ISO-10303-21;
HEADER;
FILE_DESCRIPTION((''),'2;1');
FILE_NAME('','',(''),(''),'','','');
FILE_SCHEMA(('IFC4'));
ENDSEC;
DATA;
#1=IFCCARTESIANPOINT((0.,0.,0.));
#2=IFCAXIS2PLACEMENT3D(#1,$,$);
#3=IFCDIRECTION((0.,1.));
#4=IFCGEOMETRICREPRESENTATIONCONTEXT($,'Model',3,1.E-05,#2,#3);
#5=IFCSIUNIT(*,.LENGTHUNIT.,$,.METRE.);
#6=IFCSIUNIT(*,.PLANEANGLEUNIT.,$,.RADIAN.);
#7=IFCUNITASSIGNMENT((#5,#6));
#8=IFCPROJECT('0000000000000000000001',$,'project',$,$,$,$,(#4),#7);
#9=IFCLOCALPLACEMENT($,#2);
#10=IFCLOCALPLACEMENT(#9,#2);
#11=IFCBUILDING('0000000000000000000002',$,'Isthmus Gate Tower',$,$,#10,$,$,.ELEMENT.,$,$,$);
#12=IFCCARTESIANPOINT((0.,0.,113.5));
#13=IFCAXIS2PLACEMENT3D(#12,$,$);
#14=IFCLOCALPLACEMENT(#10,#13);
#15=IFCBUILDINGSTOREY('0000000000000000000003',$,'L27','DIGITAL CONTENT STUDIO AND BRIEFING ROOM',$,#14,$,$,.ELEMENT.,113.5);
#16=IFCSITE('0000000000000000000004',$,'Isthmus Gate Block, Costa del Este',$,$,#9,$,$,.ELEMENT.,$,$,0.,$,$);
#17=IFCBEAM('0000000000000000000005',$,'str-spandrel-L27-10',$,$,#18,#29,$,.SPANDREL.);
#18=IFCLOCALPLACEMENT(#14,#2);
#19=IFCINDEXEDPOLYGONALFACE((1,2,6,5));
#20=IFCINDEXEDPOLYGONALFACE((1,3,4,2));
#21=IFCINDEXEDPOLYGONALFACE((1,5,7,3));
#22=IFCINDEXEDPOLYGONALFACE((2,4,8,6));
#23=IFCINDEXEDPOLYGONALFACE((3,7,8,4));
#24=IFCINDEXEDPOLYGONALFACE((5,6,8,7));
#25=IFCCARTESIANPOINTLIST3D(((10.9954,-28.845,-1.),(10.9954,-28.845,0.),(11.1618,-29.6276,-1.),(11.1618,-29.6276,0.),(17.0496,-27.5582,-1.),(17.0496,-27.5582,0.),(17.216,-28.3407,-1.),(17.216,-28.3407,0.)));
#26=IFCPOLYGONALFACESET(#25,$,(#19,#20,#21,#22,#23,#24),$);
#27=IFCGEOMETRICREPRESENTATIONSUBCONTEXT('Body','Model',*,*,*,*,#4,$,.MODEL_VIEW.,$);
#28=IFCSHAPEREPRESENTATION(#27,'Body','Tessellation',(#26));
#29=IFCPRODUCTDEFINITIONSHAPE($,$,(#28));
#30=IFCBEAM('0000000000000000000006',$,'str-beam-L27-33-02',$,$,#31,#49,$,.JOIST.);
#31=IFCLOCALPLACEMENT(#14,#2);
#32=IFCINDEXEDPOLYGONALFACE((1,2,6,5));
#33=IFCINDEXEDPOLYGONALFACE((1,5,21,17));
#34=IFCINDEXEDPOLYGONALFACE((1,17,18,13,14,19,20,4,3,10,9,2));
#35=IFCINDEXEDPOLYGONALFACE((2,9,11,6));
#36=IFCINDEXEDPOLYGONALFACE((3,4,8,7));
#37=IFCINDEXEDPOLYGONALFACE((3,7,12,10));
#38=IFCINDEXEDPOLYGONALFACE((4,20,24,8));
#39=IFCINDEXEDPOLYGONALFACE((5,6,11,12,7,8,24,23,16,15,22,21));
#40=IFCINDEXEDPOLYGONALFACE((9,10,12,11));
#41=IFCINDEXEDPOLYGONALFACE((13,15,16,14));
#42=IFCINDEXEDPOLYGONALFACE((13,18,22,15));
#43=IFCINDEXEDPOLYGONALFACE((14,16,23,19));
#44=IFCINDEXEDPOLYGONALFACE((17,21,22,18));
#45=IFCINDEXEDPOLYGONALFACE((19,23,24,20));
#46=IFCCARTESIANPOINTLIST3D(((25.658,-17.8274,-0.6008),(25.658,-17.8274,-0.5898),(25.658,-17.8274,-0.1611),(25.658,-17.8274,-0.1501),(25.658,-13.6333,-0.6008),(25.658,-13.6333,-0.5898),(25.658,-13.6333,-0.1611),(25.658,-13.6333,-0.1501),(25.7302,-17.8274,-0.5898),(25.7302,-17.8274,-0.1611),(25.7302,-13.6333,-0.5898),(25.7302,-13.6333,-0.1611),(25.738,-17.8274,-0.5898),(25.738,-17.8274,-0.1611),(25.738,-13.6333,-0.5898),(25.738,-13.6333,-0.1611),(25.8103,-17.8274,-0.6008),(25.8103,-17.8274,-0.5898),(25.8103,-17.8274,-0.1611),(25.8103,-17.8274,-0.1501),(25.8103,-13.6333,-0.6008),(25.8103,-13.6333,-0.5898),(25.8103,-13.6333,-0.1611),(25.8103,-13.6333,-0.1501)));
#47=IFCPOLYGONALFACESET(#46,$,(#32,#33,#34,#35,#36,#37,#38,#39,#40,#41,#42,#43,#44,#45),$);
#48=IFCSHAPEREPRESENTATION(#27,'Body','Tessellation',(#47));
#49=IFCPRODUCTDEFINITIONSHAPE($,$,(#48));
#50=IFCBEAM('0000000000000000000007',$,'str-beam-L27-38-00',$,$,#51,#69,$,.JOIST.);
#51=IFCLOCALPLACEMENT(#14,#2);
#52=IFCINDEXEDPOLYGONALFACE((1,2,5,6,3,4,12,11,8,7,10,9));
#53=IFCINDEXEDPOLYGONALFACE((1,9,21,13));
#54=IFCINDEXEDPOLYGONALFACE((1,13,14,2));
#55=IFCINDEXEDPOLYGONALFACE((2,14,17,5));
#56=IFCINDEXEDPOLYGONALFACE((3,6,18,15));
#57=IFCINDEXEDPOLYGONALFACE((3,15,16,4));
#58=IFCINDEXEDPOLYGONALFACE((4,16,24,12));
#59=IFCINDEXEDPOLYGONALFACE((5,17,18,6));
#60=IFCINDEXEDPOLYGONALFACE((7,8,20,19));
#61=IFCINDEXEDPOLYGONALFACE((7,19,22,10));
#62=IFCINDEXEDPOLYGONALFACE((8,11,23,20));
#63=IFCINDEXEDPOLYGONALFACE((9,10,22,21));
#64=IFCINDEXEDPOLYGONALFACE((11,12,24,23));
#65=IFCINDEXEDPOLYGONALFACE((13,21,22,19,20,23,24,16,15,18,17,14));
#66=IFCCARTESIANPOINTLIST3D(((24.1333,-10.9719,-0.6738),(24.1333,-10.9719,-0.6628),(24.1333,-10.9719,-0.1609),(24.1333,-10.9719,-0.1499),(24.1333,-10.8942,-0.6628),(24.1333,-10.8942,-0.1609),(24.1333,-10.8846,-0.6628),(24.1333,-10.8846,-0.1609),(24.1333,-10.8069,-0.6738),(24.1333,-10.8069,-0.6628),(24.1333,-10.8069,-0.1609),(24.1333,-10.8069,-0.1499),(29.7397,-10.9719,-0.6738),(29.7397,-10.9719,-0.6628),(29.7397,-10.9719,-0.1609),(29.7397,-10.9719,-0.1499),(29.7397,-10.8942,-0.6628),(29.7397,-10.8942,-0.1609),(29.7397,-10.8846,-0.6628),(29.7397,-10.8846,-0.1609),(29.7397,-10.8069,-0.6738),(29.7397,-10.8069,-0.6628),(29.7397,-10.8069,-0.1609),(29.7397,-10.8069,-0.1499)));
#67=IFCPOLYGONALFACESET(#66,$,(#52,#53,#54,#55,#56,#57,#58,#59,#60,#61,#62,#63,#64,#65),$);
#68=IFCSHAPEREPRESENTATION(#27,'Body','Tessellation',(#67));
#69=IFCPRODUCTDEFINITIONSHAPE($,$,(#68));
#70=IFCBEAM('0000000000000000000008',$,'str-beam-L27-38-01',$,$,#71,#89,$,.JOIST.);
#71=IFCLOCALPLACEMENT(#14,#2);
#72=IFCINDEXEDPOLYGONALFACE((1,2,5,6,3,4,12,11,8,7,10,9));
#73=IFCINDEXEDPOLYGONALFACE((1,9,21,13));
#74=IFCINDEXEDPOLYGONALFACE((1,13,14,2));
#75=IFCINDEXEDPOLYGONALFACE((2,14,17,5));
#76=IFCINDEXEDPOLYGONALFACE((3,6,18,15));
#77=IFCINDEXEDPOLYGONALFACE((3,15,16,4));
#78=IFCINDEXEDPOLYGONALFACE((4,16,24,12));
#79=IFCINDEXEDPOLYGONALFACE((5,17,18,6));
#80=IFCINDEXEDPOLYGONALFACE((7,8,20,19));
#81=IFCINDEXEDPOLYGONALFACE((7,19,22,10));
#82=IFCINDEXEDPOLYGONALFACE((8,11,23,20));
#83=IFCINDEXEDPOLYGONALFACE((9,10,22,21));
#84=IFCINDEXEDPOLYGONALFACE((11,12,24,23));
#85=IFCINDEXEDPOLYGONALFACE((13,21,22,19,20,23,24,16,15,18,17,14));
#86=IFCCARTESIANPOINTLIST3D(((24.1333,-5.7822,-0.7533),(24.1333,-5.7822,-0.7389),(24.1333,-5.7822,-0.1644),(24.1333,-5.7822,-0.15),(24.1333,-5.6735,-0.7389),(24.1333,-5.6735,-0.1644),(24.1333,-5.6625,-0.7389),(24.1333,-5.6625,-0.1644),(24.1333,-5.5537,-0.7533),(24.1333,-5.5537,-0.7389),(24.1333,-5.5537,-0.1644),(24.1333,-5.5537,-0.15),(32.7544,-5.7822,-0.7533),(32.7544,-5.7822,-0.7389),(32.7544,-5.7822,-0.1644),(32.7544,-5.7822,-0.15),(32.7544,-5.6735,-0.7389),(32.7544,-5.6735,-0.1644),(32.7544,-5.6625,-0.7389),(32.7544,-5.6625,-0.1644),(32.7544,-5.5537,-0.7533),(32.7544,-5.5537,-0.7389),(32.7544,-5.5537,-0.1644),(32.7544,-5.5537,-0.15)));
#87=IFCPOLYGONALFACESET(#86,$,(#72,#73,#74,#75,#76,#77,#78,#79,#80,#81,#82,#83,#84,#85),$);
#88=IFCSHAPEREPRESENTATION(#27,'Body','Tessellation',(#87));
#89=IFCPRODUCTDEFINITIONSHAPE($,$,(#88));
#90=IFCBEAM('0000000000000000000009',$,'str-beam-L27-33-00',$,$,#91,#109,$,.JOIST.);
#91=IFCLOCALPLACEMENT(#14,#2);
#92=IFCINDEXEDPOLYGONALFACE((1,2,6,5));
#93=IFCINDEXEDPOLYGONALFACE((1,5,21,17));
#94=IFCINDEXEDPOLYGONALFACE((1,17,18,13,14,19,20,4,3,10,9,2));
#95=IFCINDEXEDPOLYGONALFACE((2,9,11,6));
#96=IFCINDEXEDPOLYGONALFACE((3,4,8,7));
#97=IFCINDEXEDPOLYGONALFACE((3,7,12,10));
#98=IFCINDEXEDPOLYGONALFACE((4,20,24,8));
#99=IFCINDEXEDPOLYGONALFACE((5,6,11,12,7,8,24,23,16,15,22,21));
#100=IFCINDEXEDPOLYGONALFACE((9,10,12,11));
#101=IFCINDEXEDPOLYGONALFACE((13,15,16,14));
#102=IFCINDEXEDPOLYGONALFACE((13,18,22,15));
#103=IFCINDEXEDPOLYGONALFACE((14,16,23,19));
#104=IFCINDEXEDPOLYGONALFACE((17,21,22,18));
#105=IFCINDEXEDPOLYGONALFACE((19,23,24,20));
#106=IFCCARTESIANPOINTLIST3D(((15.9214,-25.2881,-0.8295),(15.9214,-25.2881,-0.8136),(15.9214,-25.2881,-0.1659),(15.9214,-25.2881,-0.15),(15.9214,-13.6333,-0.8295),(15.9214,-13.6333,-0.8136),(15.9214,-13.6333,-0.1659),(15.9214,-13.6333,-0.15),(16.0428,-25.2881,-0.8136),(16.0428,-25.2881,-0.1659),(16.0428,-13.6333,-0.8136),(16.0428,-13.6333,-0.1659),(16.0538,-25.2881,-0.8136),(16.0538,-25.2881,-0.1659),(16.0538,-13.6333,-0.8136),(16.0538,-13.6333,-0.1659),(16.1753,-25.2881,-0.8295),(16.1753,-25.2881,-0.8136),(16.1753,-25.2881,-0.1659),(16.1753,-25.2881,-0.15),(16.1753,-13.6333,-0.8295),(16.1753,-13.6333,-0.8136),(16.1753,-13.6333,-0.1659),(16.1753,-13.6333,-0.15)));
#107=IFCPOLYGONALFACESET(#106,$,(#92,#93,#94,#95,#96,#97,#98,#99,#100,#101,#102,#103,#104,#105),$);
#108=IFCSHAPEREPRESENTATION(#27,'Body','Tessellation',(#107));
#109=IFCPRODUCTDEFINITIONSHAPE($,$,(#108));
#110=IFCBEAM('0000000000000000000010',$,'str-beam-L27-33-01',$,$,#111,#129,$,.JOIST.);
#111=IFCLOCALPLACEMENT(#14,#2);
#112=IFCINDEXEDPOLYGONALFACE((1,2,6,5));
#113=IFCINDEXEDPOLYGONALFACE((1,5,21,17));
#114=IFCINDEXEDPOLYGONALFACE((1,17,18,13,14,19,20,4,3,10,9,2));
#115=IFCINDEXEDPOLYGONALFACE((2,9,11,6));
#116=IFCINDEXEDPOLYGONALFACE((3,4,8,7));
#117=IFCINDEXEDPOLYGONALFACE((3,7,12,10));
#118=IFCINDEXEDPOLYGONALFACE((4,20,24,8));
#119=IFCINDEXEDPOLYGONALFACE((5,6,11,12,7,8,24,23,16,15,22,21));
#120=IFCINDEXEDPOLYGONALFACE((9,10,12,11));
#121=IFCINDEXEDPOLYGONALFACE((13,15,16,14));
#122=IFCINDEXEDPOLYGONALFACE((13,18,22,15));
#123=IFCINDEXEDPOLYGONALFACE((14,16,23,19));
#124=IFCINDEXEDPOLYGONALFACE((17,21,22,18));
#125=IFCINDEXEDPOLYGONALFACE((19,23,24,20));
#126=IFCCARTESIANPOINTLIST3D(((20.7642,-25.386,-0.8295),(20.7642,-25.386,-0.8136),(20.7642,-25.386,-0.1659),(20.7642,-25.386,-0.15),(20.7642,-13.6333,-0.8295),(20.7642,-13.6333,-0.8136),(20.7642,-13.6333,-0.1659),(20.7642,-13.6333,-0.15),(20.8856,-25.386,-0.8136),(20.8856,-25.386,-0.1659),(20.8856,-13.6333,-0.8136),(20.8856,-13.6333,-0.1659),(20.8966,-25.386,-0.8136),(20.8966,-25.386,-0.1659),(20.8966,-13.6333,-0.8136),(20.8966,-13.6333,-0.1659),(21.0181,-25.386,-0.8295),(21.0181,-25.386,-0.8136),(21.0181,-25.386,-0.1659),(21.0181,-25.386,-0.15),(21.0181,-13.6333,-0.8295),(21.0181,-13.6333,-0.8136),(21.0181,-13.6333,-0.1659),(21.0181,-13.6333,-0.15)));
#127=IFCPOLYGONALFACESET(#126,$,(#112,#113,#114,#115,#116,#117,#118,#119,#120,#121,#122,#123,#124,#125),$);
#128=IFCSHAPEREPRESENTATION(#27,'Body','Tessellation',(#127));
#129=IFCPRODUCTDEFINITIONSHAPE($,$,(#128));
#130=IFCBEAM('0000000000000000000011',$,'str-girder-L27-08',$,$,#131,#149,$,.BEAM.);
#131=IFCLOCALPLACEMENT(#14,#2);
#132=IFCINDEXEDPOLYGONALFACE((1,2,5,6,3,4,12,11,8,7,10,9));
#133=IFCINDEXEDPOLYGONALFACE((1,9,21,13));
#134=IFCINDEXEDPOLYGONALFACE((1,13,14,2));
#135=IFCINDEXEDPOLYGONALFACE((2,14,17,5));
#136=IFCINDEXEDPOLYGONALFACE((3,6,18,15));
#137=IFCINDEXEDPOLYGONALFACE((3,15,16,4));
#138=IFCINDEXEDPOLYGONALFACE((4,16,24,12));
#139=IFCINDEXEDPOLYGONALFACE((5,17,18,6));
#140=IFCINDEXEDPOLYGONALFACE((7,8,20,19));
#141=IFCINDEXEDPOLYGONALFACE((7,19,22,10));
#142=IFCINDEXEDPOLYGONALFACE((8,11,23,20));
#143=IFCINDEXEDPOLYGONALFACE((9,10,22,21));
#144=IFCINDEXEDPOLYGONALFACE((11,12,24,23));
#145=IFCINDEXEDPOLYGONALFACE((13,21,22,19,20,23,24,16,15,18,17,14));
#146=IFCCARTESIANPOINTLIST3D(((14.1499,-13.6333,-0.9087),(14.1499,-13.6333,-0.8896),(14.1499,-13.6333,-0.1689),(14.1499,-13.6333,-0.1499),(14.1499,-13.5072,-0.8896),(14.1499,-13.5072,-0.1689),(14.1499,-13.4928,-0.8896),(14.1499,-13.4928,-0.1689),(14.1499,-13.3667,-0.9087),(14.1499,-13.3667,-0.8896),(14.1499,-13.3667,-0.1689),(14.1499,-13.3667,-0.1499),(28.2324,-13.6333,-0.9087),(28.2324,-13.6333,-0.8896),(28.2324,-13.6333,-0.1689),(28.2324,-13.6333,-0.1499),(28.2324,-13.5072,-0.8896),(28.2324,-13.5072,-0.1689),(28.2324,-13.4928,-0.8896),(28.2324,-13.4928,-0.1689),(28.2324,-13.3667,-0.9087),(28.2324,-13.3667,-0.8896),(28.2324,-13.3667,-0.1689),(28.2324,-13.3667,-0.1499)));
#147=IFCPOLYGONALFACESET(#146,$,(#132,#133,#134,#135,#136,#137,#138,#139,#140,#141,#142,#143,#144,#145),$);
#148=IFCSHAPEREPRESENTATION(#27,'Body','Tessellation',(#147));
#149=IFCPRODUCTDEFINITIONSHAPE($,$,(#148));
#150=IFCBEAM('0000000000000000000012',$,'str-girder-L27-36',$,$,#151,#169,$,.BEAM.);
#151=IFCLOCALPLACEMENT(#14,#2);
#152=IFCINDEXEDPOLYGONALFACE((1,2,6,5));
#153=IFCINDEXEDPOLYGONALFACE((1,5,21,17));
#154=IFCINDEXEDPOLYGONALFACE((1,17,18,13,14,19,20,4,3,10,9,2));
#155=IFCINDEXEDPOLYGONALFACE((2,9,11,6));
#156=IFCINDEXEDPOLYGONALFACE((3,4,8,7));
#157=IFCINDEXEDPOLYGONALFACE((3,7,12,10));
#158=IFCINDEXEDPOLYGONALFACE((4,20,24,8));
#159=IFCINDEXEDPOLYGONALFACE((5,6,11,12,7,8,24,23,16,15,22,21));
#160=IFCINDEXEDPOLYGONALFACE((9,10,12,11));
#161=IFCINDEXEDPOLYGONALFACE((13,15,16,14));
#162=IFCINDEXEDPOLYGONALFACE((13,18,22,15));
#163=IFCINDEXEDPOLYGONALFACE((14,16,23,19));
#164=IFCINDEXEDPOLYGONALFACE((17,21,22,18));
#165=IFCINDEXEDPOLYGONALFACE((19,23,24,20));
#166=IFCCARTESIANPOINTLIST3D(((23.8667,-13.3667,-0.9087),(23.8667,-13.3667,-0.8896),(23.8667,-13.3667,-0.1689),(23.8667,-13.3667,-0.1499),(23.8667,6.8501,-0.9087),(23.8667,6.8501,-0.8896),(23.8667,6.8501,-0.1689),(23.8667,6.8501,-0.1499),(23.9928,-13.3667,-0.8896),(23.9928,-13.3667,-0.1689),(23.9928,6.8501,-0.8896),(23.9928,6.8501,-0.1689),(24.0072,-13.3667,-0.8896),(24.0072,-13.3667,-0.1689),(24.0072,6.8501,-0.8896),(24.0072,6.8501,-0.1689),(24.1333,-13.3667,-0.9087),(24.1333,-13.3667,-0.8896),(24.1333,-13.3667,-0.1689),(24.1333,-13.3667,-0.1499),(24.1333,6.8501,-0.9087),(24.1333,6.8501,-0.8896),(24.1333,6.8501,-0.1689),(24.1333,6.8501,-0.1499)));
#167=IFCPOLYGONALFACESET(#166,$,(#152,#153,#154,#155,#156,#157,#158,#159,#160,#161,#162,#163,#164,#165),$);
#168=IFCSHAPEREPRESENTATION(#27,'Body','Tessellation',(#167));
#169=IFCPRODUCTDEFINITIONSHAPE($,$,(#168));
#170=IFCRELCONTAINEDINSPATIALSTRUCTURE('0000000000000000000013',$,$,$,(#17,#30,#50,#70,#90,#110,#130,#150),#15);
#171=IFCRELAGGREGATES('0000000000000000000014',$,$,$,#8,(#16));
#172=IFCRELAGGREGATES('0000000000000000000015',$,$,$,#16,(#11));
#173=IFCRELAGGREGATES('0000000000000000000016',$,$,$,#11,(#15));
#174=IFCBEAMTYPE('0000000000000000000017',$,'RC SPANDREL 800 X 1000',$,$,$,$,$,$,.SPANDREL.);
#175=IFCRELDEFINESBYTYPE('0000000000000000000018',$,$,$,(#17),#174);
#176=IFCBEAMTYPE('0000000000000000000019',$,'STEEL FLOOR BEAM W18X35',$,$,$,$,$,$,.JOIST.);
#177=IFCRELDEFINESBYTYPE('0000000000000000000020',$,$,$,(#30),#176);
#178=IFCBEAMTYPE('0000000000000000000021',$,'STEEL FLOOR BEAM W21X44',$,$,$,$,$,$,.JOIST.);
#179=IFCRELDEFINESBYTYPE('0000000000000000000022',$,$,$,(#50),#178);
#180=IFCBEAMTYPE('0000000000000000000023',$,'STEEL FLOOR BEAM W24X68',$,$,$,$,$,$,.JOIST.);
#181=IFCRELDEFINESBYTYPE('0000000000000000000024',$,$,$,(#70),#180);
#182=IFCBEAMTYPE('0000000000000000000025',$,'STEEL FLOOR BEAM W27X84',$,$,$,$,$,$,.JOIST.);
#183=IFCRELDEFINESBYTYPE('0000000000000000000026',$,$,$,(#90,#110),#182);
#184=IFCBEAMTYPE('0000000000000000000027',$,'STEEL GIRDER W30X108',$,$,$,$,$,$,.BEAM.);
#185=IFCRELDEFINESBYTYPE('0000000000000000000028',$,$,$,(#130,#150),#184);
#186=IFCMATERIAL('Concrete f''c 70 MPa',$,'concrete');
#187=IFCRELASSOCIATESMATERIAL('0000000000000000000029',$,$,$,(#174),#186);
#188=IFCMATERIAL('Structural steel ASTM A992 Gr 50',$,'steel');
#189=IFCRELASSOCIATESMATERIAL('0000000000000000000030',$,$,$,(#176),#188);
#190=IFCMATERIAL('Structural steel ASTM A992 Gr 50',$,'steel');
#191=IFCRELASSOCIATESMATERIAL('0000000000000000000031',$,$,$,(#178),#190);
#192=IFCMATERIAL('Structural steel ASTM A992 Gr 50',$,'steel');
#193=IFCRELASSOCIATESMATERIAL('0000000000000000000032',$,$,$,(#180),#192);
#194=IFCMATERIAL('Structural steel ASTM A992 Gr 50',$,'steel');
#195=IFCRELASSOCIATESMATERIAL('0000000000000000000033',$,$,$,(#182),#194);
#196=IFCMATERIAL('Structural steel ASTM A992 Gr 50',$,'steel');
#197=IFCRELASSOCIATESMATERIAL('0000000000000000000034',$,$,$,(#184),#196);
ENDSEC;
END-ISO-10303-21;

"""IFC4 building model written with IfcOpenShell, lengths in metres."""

from ifc_helpers import new_model, si_unit, direction, frame, origin, origin_2d, place, context, subcontext, project, spatial, rectangle, i_section, extrude, material, material_profile, profile_set, type_object, element, save


model = new_model("IFC4")

# Units and contexts
model_context = context("Model", 3, precision=1e-05, world=origin(), true_north=direction((0.0, 1.0)))
body_context = subcontext(model_context, "Body", "Model", "MODEL_VIEW")
ifc_project = project(units=[si_unit("LENGTHUNIT", "METRE"), si_unit("PLANEANGLEUNIT", "RADIAN")], contexts=[model_context])

# Site, building, storey
site_placement = place(None, origin())
site = spatial("IfcSite", under=ifc_project, at=site_placement, Name="Isthmus Gate Block, Costa del Este", CompositionType="ELEMENT", RefElevation=0.0)
building_placement = place(site_placement, origin())
building = spatial("IfcBuilding", under=site, at=building_placement, Name="Isthmus Gate Tower", CompositionType="ELEMENT")
storey_placement = place(building_placement, frame((0.0, 0.0, 113.5)))
storey = spatial("IfcBuildingStorey", under=building, at=storey_placement, Name="L27", Description="DIGITAL CONTENT STUDIO AND BRIEFING ROOM", CompositionType="ELEMENT", Elevation=113.5)

# Beams
ifc_material_1 = material(Name="Concrete f'c 70 MPa", Category="concrete")
ifc_material_profile_1 = material_profile(ifc_material_1, rectangle(XDim=0.8, YDim=1.0, at=origin_2d()), Name="RC 800X1000")
ifc_profile_set_1 = profile_set([ifc_material_profile_1], Name="Concrete f'c 70 MPa")
beam_type_1 = type_object("IfcBeamType", Name="RC SPANDREL 800 X 1000", PredefinedType="SPANDREL", material=ifc_profile_set_1)
beam_1_placement = place(storey_placement, frame((17.1328, -27.9495, -0.5), z_axis=(-0.978147, -0.207913, 0.0), x_axis=(0.207913, -0.978147, 0.0)))
element("IfcBeam", 1, at=beam_1_placement, inside=storey, type_object=beam_type_1, Name="str-spandrel-L27-10", PredefinedType="SPANDREL", context=body_context, shape_type="SweptSolid", body=[
    extrude(rectangle(XDim=0.8, YDim=1.0, at=origin_2d()), origin(), (0.0, 0.0, 1.0), 6.1895),
])
ifc_material_2 = material(Name="Structural steel ASTM A992 Gr 50", Category="steel")
ifc_material_profile_2 = material_profile(ifc_material_2, i_section(OverallWidth=0.1523, OverallDepth=0.4507, WebThickness=0.0078, FlangeThickness=0.011, at=origin_2d()), Name="W18X35")
ifc_profile_set_2 = profile_set([ifc_material_profile_2], Name="Structural steel ASTM A992 Gr 50")
beam_type_2 = type_object("IfcBeamType", Name="STEEL FLOOR BEAM W18X35", PredefinedType="JOIST", material=ifc_profile_set_2)
beam_2_placement = place(storey_placement, frame((25.7341, -17.8274, -0.3755), z_axis=(0.0, 1.0, 0.0), x_axis=(-1.0, 0.0, 0.0)))
element("IfcBeam", 2, at=beam_2_placement, inside=storey, type_object=beam_type_2, Name="str-beam-L27-33-02", PredefinedType="JOIST", context=body_context, shape_type="SweptSolid", body=[
    extrude(i_section(OverallWidth=0.1523, OverallDepth=0.4507, WebThickness=0.0078, FlangeThickness=0.011, at=origin_2d()), origin(), (0.0, 0.0, 1.0), 4.1941),
])
ifc_material_3 = material(Name="Structural steel ASTM A992 Gr 50", Category="steel")
ifc_material_profile_3 = material_profile(ifc_material_3, i_section(OverallWidth=0.165, OverallDepth=0.5239, WebThickness=0.0095, FlangeThickness=0.011, at=origin_2d()), Name="W21X44")
ifc_profile_set_3 = profile_set([ifc_material_profile_3], Name="Structural steel ASTM A992 Gr 50")
beam_type_3 = type_object("IfcBeamType", Name="STEEL FLOOR BEAM W21X44", PredefinedType="JOIST", material=ifc_profile_set_3)
beam_3_placement = place(storey_placement, frame((24.1333, -10.8894, -0.4119), z_axis=(1.0, 0.0, 0.0), x_axis=(0.0, 1.0, 0.0)))
element("IfcBeam", 3, at=beam_3_placement, inside=storey, type_object=beam_type_3, Name="str-beam-L27-38-00", PredefinedType="JOIST", context=body_context, shape_type="SweptSolid", body=[
    extrude(i_section(OverallWidth=0.165, OverallDepth=0.5239, WebThickness=0.0095, FlangeThickness=0.011, at=origin_2d()), origin(), (0.0, 0.0, 1.0), 5.6064),
])
ifc_material_4 = material(Name="Structural steel ASTM A992 Gr 50", Category="steel")
ifc_material_profile_4 = material_profile(ifc_material_4, i_section(OverallWidth=0.2285, OverallDepth=0.6033, WebThickness=0.011, FlangeThickness=0.0144, at=origin_2d()), Name="W24X68")
ifc_profile_set_4 = profile_set([ifc_material_profile_4], Name="Structural steel ASTM A992 Gr 50")
beam_type_4 = type_object("IfcBeamType", Name="STEEL FLOOR BEAM W24X68", PredefinedType="JOIST", material=ifc_profile_set_4)
beam_4_placement = place(storey_placement, frame((24.1333, -5.668, -0.4517), z_axis=(1.0, 0.0, 0.0), x_axis=(0.0, 1.0, 0.0)))
element("IfcBeam", 4, at=beam_4_placement, inside=storey, type_object=beam_type_4, Name="str-beam-L27-38-01", PredefinedType="JOIST", context=body_context, shape_type="SweptSolid", body=[
    extrude(i_section(OverallWidth=0.2285, OverallDepth=0.6033, WebThickness=0.011, FlangeThickness=0.0144, at=origin_2d()), origin(), (0.0, 0.0, 1.0), 8.6211),
])
ifc_material_5 = material(Name="Structural steel ASTM A992 Gr 50", Category="steel")
ifc_material_profile_5 = material_profile(ifc_material_5, i_section(OverallWidth=0.2539, OverallDepth=0.6794, WebThickness=0.011, FlangeThickness=0.0159, at=origin_2d()), Name="W27X84")
ifc_profile_set_5 = profile_set([ifc_material_profile_5], Name="Structural steel ASTM A992 Gr 50")
beam_type_5 = type_object("IfcBeamType", Name="STEEL FLOOR BEAM W27X84", PredefinedType="JOIST", material=ifc_profile_set_5)
beam_5_placement = place(storey_placement, frame((16.0483, -25.2881, -0.4897), z_axis=(0.0, 1.0, 0.0), x_axis=(-1.0, 0.0, 0.0)))
element("IfcBeam", 5, at=beam_5_placement, inside=storey, type_object=beam_type_5, Name="str-beam-L27-33-00", PredefinedType="JOIST", context=body_context, shape_type="SweptSolid", body=[
    extrude(i_section(OverallWidth=0.2539, OverallDepth=0.6794, WebThickness=0.011, FlangeThickness=0.0159, at=origin_2d()), origin(), (0.0, 0.0, 1.0), 11.6548),
])
beam_6_placement = place(storey_placement, frame((20.8911, -25.386, -0.4897), z_axis=(0.0, 1.0, 0.0), x_axis=(-1.0, 0.0, 0.0)))
element("IfcBeam", 6, at=beam_6_placement, inside=storey, type_object=beam_type_5, Name="str-beam-L27-33-01", PredefinedType="JOIST", context=body_context, shape_type="SweptSolid", body=[
    extrude(i_section(OverallWidth=0.2539, OverallDepth=0.6794, WebThickness=0.011, FlangeThickness=0.0159, at=origin_2d()), origin(), (0.0, 0.0, 1.0), 11.7527),
])
ifc_material_6 = material(Name="Structural steel ASTM A992 Gr 50", Category="steel")
ifc_material_profile_6 = material_profile(ifc_material_6, i_section(OverallWidth=0.2666, OverallDepth=0.7588, WebThickness=0.0144, FlangeThickness=0.019, at=origin_2d()), Name="W30X108")
ifc_profile_set_6 = profile_set([ifc_material_profile_6], Name="Structural steel ASTM A992 Gr 50")
beam_type_6 = type_object("IfcBeamType", Name="STEEL GIRDER W30X108", PredefinedType="BEAM", material=ifc_profile_set_6)
beam_7_placement = place(storey_placement, frame((14.1499, -13.5, -0.5293), z_axis=(1.0, 0.0, 0.0), x_axis=(0.0, 1.0, 0.0)))
element("IfcBeam", 7, at=beam_7_placement, inside=storey, type_object=beam_type_6, Name="str-girder-L27-08", PredefinedType="BEAM", context=body_context, shape_type="SweptSolid", body=[
    extrude(i_section(OverallWidth=0.2666, OverallDepth=0.7588, WebThickness=0.0144, FlangeThickness=0.019, at=origin_2d()), origin(), (0.0, 0.0, 1.0), 14.0825),
])
beam_8_placement = place(storey_placement, frame((24.0, -13.3667, -0.5293), z_axis=(0.0, 1.0, 0.0), x_axis=(-1.0, 0.0, 0.0)))
element("IfcBeam", 8, at=beam_8_placement, inside=storey, type_object=beam_type_6, Name="str-girder-L27-36", PredefinedType="BEAM", context=body_context, shape_type="SweptSolid", body=[
    extrude(i_section(OverallWidth=0.2666, OverallDepth=0.7588, WebThickness=0.0144, FlangeThickness=0.019, at=origin_2d()), origin(), (0.0, 0.0, 1.0), 20.2168),
])

save(model, "model.ifc")
